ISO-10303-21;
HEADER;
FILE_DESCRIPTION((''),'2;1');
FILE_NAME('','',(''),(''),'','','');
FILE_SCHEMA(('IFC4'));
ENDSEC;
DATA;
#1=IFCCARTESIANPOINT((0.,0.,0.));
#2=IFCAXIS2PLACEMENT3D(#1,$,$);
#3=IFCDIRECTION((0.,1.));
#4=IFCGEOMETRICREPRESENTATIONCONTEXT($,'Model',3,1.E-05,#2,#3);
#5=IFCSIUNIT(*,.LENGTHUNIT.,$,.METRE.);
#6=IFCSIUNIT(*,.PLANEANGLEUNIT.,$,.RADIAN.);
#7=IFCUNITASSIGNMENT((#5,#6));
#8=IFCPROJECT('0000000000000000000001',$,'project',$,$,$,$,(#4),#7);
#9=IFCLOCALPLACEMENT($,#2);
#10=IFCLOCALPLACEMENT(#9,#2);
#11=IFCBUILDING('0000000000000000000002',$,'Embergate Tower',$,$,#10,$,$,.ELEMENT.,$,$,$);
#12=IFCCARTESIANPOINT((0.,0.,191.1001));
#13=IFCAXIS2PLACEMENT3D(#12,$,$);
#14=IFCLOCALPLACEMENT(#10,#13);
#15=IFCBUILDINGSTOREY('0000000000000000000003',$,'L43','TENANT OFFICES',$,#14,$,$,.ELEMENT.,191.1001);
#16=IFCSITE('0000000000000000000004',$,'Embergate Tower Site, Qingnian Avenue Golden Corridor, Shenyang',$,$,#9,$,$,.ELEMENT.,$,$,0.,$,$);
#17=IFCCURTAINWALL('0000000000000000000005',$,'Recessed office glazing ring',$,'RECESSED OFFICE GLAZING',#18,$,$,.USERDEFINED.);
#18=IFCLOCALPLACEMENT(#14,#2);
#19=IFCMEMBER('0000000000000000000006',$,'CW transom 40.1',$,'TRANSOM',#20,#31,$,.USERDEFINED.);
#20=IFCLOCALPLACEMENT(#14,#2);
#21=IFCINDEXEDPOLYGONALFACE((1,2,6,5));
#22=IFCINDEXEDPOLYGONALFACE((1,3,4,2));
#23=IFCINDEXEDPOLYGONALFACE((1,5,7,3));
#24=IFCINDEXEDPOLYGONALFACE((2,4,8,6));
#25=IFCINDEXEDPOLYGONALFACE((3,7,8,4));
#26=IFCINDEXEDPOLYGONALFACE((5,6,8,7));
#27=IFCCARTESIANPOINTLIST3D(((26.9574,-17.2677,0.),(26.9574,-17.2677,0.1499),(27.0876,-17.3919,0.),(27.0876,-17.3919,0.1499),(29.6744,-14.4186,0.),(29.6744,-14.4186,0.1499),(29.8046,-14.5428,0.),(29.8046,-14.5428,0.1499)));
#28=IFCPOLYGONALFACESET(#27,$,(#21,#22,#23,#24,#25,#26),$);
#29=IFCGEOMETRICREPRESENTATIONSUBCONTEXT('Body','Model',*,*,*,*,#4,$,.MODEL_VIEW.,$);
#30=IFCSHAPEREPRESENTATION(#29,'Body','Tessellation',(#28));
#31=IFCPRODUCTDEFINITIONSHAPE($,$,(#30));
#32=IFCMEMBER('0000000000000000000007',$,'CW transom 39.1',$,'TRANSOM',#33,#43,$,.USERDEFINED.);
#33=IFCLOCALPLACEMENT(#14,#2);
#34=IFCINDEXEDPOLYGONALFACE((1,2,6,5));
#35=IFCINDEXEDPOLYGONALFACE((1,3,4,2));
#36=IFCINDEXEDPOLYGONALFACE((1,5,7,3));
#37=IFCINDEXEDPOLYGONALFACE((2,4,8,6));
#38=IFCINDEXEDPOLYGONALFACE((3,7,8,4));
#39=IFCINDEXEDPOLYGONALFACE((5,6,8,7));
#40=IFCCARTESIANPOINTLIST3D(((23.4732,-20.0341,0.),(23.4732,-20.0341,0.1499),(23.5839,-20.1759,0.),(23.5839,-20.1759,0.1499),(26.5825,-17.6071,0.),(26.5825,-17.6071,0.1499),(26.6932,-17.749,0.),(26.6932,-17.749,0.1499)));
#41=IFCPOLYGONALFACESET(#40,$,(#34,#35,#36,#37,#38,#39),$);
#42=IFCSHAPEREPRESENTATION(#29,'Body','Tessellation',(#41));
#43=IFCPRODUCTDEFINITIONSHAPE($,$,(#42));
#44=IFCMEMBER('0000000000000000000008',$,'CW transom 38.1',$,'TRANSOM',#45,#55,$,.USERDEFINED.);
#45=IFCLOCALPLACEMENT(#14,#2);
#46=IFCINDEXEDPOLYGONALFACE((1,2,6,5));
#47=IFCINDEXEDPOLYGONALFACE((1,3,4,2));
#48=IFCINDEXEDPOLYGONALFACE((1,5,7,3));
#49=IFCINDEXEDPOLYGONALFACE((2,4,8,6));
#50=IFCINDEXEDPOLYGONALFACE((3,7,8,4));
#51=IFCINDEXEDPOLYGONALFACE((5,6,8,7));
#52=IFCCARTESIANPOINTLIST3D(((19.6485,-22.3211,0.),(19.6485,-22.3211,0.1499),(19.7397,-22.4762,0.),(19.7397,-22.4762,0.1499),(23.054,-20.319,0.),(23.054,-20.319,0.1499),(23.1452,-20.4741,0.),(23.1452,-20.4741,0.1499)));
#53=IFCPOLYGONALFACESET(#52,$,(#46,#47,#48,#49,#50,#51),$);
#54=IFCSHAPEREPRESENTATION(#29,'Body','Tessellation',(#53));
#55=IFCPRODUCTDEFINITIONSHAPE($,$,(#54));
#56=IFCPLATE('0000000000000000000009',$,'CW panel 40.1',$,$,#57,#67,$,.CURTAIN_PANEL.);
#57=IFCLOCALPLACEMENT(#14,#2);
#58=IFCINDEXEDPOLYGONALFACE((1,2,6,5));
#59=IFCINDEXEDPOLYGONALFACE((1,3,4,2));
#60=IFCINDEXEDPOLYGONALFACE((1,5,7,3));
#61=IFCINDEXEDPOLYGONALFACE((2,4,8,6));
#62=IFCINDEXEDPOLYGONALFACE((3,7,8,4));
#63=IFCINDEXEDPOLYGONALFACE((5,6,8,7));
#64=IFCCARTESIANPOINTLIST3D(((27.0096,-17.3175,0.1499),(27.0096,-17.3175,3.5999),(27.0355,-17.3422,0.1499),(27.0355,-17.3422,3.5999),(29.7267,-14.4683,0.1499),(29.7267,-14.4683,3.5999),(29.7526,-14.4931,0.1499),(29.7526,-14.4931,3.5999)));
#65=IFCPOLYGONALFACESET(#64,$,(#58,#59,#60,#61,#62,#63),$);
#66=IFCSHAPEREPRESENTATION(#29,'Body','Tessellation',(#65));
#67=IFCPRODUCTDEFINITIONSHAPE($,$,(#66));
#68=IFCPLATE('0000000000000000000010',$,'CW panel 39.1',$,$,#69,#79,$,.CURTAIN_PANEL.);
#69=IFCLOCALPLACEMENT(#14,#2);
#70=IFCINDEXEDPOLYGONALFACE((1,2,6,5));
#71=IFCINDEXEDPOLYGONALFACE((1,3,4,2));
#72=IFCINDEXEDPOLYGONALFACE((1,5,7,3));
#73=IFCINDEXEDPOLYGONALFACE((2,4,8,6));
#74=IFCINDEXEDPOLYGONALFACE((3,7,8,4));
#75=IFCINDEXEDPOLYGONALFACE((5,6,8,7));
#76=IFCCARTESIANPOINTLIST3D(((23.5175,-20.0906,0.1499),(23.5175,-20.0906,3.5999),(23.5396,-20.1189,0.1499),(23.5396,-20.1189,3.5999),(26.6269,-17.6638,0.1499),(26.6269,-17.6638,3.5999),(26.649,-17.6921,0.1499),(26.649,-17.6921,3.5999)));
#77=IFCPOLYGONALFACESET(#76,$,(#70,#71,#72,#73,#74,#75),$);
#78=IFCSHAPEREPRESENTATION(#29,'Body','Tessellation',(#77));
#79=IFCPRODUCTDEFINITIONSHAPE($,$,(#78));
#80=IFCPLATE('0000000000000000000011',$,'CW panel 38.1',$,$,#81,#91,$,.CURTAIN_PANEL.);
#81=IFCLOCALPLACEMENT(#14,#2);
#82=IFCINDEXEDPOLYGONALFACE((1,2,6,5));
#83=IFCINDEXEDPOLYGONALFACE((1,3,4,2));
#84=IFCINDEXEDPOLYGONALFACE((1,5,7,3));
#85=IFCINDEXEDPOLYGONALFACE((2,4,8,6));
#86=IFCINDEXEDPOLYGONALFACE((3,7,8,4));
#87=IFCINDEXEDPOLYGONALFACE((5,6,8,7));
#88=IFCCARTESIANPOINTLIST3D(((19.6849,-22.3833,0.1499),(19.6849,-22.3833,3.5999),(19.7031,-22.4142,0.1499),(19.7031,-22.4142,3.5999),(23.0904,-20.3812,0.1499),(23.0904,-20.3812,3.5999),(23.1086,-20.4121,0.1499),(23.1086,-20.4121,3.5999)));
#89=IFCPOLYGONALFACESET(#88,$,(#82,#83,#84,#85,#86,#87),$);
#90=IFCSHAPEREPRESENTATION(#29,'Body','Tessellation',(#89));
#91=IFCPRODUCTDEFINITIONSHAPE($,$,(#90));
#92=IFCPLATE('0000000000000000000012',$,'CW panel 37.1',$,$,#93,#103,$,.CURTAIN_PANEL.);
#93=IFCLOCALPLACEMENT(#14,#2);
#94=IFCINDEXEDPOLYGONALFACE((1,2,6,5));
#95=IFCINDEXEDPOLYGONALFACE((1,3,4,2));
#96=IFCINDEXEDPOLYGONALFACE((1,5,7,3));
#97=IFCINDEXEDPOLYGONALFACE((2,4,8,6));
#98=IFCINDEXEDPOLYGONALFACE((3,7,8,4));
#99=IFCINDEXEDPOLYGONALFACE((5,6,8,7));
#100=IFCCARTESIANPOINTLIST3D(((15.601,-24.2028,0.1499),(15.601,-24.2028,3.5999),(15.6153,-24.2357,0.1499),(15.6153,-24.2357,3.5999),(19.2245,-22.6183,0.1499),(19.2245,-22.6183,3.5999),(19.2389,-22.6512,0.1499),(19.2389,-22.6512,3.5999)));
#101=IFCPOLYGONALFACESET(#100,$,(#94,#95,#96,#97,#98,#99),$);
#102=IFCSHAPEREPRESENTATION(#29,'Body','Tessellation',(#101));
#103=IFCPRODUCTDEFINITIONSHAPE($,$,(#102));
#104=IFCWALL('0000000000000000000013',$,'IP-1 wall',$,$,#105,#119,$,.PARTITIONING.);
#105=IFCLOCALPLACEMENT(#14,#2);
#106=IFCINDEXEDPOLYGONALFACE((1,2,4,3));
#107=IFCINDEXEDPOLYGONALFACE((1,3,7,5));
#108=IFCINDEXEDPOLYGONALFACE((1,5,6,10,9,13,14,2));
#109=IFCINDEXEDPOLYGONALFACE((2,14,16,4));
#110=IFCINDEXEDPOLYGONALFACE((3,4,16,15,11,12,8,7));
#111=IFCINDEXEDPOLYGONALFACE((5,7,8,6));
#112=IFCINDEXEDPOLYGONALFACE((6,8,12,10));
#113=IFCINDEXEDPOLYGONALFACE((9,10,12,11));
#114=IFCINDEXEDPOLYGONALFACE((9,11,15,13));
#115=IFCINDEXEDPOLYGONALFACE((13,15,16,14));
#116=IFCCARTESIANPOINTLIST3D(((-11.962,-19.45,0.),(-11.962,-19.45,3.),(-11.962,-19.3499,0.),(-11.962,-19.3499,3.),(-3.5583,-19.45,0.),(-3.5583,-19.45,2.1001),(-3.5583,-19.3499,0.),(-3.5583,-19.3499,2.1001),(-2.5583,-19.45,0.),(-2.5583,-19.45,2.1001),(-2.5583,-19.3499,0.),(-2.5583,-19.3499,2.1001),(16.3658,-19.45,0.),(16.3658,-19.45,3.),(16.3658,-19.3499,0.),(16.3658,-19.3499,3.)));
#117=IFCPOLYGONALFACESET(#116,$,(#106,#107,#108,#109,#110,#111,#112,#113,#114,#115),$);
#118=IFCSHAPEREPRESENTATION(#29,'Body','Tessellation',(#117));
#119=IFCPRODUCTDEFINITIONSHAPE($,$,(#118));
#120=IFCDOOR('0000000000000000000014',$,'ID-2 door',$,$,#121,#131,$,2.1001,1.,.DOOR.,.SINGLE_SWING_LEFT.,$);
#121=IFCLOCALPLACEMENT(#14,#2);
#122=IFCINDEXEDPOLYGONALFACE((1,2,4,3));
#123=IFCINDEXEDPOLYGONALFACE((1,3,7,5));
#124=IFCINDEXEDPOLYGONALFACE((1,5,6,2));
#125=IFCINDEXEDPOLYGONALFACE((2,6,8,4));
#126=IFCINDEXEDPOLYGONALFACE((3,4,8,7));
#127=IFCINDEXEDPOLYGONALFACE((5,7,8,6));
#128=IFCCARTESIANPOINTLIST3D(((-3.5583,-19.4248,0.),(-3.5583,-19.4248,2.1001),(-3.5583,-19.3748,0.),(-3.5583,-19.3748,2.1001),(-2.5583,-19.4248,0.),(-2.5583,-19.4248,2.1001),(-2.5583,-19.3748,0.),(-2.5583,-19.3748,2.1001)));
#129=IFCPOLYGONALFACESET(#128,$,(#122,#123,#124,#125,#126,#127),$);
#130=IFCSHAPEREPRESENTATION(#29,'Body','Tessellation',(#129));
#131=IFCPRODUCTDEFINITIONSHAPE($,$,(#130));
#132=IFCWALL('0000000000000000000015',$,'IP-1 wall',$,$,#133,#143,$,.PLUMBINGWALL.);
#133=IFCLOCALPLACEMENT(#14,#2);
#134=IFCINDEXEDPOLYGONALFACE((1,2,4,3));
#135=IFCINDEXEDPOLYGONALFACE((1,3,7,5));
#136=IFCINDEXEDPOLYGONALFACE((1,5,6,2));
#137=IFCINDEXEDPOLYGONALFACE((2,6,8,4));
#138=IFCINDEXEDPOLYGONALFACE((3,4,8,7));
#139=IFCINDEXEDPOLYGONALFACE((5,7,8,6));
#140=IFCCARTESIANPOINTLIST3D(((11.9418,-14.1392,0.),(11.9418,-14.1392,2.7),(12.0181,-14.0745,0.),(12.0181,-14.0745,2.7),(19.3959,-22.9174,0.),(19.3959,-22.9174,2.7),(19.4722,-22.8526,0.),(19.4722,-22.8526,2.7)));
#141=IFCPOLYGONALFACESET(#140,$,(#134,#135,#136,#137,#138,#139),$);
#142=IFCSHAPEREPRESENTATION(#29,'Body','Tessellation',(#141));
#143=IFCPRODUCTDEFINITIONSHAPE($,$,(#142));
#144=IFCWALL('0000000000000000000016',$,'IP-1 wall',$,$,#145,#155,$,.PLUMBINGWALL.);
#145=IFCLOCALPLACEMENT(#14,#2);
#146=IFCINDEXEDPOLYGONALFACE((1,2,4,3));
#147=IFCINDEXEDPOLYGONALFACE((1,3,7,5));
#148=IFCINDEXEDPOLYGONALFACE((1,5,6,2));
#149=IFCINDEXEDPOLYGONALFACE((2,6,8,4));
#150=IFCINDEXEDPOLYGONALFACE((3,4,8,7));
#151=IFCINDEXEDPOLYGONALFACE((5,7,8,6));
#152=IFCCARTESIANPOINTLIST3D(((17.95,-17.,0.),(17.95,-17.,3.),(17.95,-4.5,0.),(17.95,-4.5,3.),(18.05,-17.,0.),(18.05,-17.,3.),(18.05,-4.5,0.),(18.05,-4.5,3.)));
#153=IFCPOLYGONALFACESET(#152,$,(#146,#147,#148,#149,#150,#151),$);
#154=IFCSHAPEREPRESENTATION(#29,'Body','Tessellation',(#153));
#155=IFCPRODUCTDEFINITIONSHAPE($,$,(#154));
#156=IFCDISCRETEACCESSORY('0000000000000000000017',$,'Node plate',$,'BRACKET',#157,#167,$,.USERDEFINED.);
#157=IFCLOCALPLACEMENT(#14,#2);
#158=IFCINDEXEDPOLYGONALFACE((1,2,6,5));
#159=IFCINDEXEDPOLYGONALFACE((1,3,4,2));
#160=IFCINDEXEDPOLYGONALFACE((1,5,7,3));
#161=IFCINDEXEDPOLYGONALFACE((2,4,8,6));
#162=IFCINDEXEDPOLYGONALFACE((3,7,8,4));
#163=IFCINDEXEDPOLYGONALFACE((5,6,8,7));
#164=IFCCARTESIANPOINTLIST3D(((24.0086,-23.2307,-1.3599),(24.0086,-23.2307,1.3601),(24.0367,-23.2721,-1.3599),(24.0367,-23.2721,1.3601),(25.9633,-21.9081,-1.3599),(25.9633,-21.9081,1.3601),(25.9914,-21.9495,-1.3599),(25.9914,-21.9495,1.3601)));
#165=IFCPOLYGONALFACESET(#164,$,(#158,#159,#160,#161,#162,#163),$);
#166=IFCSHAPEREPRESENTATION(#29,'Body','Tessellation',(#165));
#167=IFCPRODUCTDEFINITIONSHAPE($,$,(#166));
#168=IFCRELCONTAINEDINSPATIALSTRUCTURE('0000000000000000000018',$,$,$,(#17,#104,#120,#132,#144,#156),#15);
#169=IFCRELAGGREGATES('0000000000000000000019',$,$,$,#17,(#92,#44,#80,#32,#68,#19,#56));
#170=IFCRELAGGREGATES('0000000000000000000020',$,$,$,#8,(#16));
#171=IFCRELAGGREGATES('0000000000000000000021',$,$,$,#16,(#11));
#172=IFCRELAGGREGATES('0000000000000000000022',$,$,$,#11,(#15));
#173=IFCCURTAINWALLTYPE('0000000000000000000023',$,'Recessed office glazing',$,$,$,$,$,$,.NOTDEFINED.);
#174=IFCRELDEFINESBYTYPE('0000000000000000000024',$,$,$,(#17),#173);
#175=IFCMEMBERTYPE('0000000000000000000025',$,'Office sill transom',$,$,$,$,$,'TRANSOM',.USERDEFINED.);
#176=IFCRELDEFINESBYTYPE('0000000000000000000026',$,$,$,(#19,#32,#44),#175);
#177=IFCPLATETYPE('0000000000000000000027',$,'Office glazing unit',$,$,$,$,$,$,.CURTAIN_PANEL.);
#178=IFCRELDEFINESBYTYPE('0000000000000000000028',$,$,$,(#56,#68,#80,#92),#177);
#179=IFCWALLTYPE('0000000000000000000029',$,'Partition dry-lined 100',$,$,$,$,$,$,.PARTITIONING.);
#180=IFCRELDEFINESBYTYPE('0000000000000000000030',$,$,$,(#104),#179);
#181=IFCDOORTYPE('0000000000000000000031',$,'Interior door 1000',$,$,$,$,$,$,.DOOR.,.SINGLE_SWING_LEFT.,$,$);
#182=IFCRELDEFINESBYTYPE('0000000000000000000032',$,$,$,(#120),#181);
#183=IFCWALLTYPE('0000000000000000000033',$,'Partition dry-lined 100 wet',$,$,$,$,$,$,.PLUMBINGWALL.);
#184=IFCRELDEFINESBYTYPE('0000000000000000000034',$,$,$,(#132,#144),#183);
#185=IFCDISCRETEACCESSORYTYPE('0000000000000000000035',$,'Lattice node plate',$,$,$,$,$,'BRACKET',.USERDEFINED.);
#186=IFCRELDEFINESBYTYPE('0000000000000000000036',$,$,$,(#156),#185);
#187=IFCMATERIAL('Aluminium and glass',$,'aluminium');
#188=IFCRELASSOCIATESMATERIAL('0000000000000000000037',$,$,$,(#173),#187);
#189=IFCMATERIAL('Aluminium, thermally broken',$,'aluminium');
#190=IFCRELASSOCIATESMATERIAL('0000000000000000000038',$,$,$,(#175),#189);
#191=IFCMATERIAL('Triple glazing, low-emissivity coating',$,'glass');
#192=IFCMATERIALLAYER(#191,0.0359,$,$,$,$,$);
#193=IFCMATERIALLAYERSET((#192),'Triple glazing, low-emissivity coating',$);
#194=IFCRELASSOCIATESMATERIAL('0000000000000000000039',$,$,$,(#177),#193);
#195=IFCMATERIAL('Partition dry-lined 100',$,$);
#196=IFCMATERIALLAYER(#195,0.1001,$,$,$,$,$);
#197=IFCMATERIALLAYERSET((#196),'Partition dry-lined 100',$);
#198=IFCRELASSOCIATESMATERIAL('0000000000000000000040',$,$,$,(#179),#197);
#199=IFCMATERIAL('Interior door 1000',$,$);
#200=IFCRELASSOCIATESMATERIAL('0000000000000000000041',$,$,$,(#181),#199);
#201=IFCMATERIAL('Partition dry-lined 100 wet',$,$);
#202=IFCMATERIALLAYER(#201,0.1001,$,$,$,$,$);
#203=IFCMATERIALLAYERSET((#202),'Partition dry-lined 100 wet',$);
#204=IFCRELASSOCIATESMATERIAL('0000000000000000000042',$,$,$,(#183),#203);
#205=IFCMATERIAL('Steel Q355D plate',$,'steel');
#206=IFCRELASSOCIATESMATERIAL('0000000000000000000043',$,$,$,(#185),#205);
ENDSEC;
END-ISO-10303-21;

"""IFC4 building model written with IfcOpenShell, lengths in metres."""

from ifc_helpers import new_model, si_unit, direction, frame, frame_2d, origin, origin_2d, place, context, subcontext, project, spatial, rectangle, extrude, source, transform, mapped, material, layer, layer_set, material_profile, profile_set, type_object, element, fill, aggregate, save


model = new_model("IFC4")

# Units and contexts
model_context = context("Model", 3, precision=1e-05, world=origin(), true_north=direction((0.0, 1.0)))
body_context = subcontext(model_context, "Body", "Model", "MODEL_VIEW")
ifc_project = project(units=[si_unit("LENGTHUNIT", "METRE"), si_unit("PLANEANGLEUNIT", "RADIAN")], contexts=[model_context])

# Site, building, storey
site_placement = place(None, origin())
site = spatial("IfcSite", under=ifc_project, at=site_placement, Name="Embergate Tower Site, Qingnian Avenue Golden Corridor, Shenyang", CompositionType="ELEMENT", RefElevation=0.0)
building_placement = place(site_placement, origin())
building = spatial("IfcBuilding", under=site, at=building_placement, Name="Embergate Tower", CompositionType="ELEMENT")
storey_placement = place(building_placement, frame((0.0, 0.0, 191.1001)))
storey = spatial("IfcBuildingStorey", under=building, at=storey_placement, Name="L43", Description="TENANT OFFICES", CompositionType="ELEMENT", Elevation=191.1001)

# Curtain wall, members, plates
ifc_material_1 = material(Name="Aluminium and glass", Category="aluminium")
curtain_wall_type = type_object("IfcCurtainWallType", Name="Recessed office glazing", PredefinedType="NOTDEFINED", material=ifc_material_1)
curtain_wall_placement = place(storey_placement, origin())
curtain_wall = element("IfcCurtainWall", 1, at=curtain_wall_placement, inside=storey, type_object=curtain_wall_type, Name="Recessed office glazing ring", ObjectType="RECESSED OFFICE GLAZING", PredefinedType="USERDEFINED")
ifc_material_2 = material(Name="Aluminium, thermally broken", Category="aluminium")
ifc_material_profile_1 = material_profile(ifc_material_2, rectangle(XDim=0.1799, YDim=0.1499, at=origin_2d()), Name="AL 150x180")
ifc_profile_set_1 = profile_set([ifc_material_profile_1], Name="Aluminium, thermally broken")
member_type_1 = type_object("IfcMemberType", Name="Office sill transom", ElementType="TRANSOM", PredefinedType="USERDEFINED", material=ifc_profile_set_1)
shared_shape_1 = source(origin(), body_context, "Body", "SweptSolid", [
    extrude(rectangle(XDim=0.1799, YDim=0.1499, at=origin_2d()), origin(), (0.0, 0.0, 1.0), 3.937),
])
member_1_placement = place(storey_placement, frame((27.0225, -17.3298, 0.075), z_axis=(0.690133, 0.723682, 0.0), x_axis=(-0.723682, 0.690133, 0.0)))
member_1 = element("IfcMember", 2, at=member_1_placement, type_object=member_type_1, Name="CW transom 40.1", ObjectType="TRANSOM", PredefinedType="USERDEFINED", context=body_context, shape_type="MappedRepresentation", body=[
    mapped(shared_shape_1, transform((0.0, 0.0, 0.0))),
])
shared_shape_2 = source(origin(), body_context, "Body", "SweptSolid", [
    extrude(rectangle(XDim=0.1799, YDim=0.1499, at=origin_2d()), origin(), (0.0, 0.0, 1.0), 3.9443),
])
member_2_placement = place(storey_placement, frame((23.5286, -20.105, 0.075), z_axis=(0.788295, 0.615298, 0.0), x_axis=(-0.615298, 0.788295, 0.0)))
member_2 = element("IfcMember", 3, at=member_2_placement, type_object=member_type_1, Name="CW transom 39.1", ObjectType="TRANSOM", PredefinedType="USERDEFINED", context=body_context, shape_type="MappedRepresentation", body=[
    mapped(shared_shape_2, transform((0.0, 0.0, 0.0))),
])
shared_shape_3 = source(origin(), body_context, "Body", "SweptSolid", [
    extrude(rectangle(XDim=0.1799, YDim=0.1499, at=origin_2d()), origin(), (0.0, 0.0, 1.0), 3.9504),
])
member_3_placement = place(storey_placement, frame((19.6941, -22.3987, 0.075), z_axis=(0.86205, 0.506823, 0.0), x_axis=(-0.506823, 0.86205, 0.0)))
member_3 = element("IfcMember", 4, at=member_3_placement, type_object=member_type_1, Name="CW transom 38.1", ObjectType="TRANSOM", PredefinedType="USERDEFINED", context=body_context, shape_type="MappedRepresentation", body=[
    mapped(shared_shape_3, transform((0.0, 0.0, 0.0))),
])
ifc_material_3 = material(Name="Triple glazing, low-emissivity coating", Category="glass")
ifc_layer_1 = layer(ifc_material_3, 0.0359)
ifc_layer_set_1 = layer_set([ifc_layer_1], Name="Triple glazing, low-emissivity coating")
plate_type = type_object("IfcPlateType", Name="Office glazing unit", PredefinedType="CURTAIN_PANEL", material=ifc_layer_set_1)
shared_shape_4 = source(origin(), body_context, "Body", "SweptSolid", [
    extrude(rectangle(XDim=3.937, YDim=0.0359, at=origin_2d()), origin(), (0.0, 0.0, 1.0), 3.45),
])
plate_1_placement = place(storey_placement, frame((28.3811, -15.9053, 0.1499), z_axis=(0.0, 0.0, 1.0), x_axis=(0.690138, 0.723678, 0.0)))
plate_1 = element("IfcPlate", 5, at=plate_1_placement, type_object=plate_type, Name="CW panel 40.1", PredefinedType="CURTAIN_PANEL", context=body_context, shape_type="MappedRepresentation", body=[
    mapped(shared_shape_4, transform((0.0, 0.0, 0.0))),
])
shared_shape_5 = source(origin(), body_context, "Body", "SweptSolid", [
    extrude(rectangle(XDim=3.9443, YDim=0.0359, at=origin_2d()), origin(), (0.0, 0.0, 1.0), 3.45),
])
plate_2_placement = place(storey_placement, frame((25.0833, -18.8914, 0.1499), z_axis=(0.0, 0.0, 1.0), x_axis=(0.788322, 0.615263, 0.0)))
plate_2 = element("IfcPlate", 6, at=plate_2_placement, type_object=plate_type, Name="CW panel 39.1", PredefinedType="CURTAIN_PANEL", context=body_context, shape_type="MappedRepresentation", body=[
    mapped(shared_shape_5, transform((0.0, 0.0, 0.0))),
])
shared_shape_6 = source(origin(), body_context, "Body", "SweptSolid", [
    extrude(rectangle(XDim=3.9504, YDim=0.0359, at=origin_2d()), origin(), (0.0, 0.0, 1.0), 3.45),
])
plate_3_placement = place(storey_placement, frame((21.3967, -21.3977, 0.1499), z_axis=(0.0, 0.0, 1.0), x_axis=(0.862054, 0.506816, 0.0)))
plate_3 = element("IfcPlate", 7, at=plate_3_placement, type_object=plate_type, Name="CW panel 38.1", PredefinedType="CURTAIN_PANEL", context=body_context, shape_type="MappedRepresentation", body=[
    mapped(shared_shape_6, transform((0.0, 0.0, 0.0))),
])
shared_shape_7 = source(origin(), body_context, "Body", "SweptSolid", [
    extrude(rectangle(XDim=3.9548, YDim=0.0359, at=origin_2d()), origin(), (0.0, 0.0, 1.0), 3.45),
])
plate_4_placement = place(storey_placement, frame((17.4199, -23.427, 0.1499), z_axis=(0.0, 0.0, 1.0), x_axis=(0.916237, 0.400637, 0.0)))
plate_4 = element("IfcPlate", 8, at=plate_4_placement, type_object=plate_type, Name="CW panel 37.1", PredefinedType="CURTAIN_PANEL", context=body_context, shape_type="MappedRepresentation", body=[
    mapped(shared_shape_7, transform((0.0, 0.0, 0.0))),
])
aggregate(curtain_wall, [plate_4, member_3, plate_3, member_2, plate_2, member_1, plate_1])

# Wall, opening, door
ifc_material_4 = material(Name="Partition dry-lined 100")
ifc_layer_2 = layer(ifc_material_4, 0.1001)
ifc_layer_set_2 = layer_set([ifc_layer_2], Name="Partition dry-lined 100")
wall_type_1 = type_object("IfcWallType", Name="Partition dry-lined 100", PredefinedType="PARTITIONING", material=ifc_layer_set_2)
shared_shape_8 = source(origin(), body_context, "Body", "SweptSolid", [
    extrude(rectangle(XDim=28.3279, YDim=0.1001, at=frame_2d((14.1641, 0.0))), origin(), (0.0, 0.0, 1.0), 3.0),
])
wall_1_placement = place(storey_placement, frame((16.366, -19.3999, 0.0), z_axis=(0.0, 0.0, 1.0), x_axis=(-1.0, 0.0, 0.0)))
wall_1 = element("IfcWall", 9, at=wall_1_placement, inside=storey, type_object=wall_type_1, Name="IP-1 wall", PredefinedType="PARTITIONING", context=body_context, shape_type="MappedRepresentation", body=[
    mapped(shared_shape_8, transform((0.0, 0.0, 0.0))),
])
shared_shape_9 = source(origin(), body_context, "Body", "SweptSolid", [
    extrude(rectangle(XDim=1.0, YDim=2.1001, at=frame_2d((0.5, 1.05))), frame((0.0, 0.0601, 0.0), z_axis=(0.0, -1.0, 0.0), x_axis=(1.0, 0.0, 0.0)), (0.0, 0.0, 1.0), 0.1201),
])
opening_placement = place(wall_1_placement, frame((18.9243, 0.0, 0.0)))
opening = element("IfcOpeningElement", 10, at=opening_placement, cuts=wall_1, PredefinedType="OPENING", context=body_context, shape_type="MappedRepresentation", body=[
    mapped(shared_shape_9, transform((0.0, 0.0, 0.0))),
])
ifc_material_5 = material(Name="Interior door 1000")
door_type = type_object("IfcDoorType", Name="Interior door 1000", OperationType="SINGLE_SWING_LEFT", PredefinedType="DOOR", material=ifc_material_5)
shared_shape_10 = source(origin(), body_context, "Body", "SweptSolid", [
    extrude(rectangle(XDim=1.0, YDim=2.1001, at=frame_2d((0.5, 1.05))), frame((0.0, 0.0249, 0.0), z_axis=(0.0, -1.0, 0.0), x_axis=(1.0, 0.0, 0.0)), (0.0, 0.0, 1.0), 0.05),
])
door_placement = place(opening_placement, origin())
door = element("IfcDoor", 11, at=door_placement, inside=storey, type_object=door_type, Name="ID-2 door", OperationType="SINGLE_SWING_LEFT", OverallHeight=2.1001, OverallWidth=1.0, PredefinedType="DOOR", context=body_context, shape_type="MappedRepresentation", body=[
    mapped(shared_shape_10, transform((0.0, 0.0, 0.0))),
])
fill(opening, door)

# Walls
ifc_material_6 = material(Name="Partition dry-lined 100 wet")
ifc_layer_3 = layer(ifc_material_6, 0.1001)
ifc_layer_set_3 = layer_set([ifc_layer_3], Name="Partition dry-lined 100 wet")
wall_type_2 = type_object("IfcWallType", Name="Partition dry-lined 100 wet", PredefinedType="PLUMBINGWALL", material=ifc_layer_set_3)
shared_shape_11 = source(origin(), body_context, "Body", "SweptSolid", [
    extrude(rectangle(XDim=11.5161, YDim=0.1001, at=frame_2d((5.7581, 0.0))), origin(), (0.0, 0.0, 1.0), 2.7),
])
wall_2_placement = place(storey_placement, frame((19.4341, -22.885, 0.0), z_axis=(0.0, 0.0, 1.0), x_axis=(-0.647282, 0.76225, 0.0)))
element("IfcWall", 12, at=wall_2_placement, inside=storey, type_object=wall_type_2, Name="IP-1 wall", PredefinedType="PLUMBINGWALL", context=body_context, shape_type="MappedRepresentation", body=[
    mapped(shared_shape_11, transform((0.0, 0.0, 0.0))),
])
shared_shape_12 = source(origin(), body_context, "Body", "SweptSolid", [
    extrude(rectangle(XDim=12.5, YDim=0.1001, at=frame_2d((6.25, 0.0))), origin(), (0.0, 0.0, 1.0), 3.0),
])
wall_3_placement = place(storey_placement, frame((18.0, -17.0, 0.0), z_axis=(0.0, 0.0, 1.0), x_axis=(0.0, 1.0, 0.0)))
element("IfcWall", 13, at=wall_3_placement, inside=storey, type_object=wall_type_2, Name="IP-1 wall", PredefinedType="PLUMBINGWALL", context=body_context, shape_type="MappedRepresentation", body=[
    mapped(shared_shape_12, transform((0.0, 0.0, 0.0))),
])

# Discrete accessory
ifc_material_7 = material(Name="Steel Q355D plate", Category="steel")
discrete_accessory_type = type_object("IfcDiscreteAccessoryType", Name="Lattice node plate", ElementType="BRACKET", PredefinedType="USERDEFINED", material=ifc_material_7)
shared_shape_13 = source(origin(), body_context, "Body", "SweptSolid", [
    extrude(rectangle(XDim=2.3601, YDim=0.05, at=origin_2d()), origin(), (0.0, 0.0, 1.0), 2.72),
])
discrete_accessory_placement = place(storey_placement, frame((25.0, -22.5901, -1.3599), z_axis=(0.0, 0.0, 1.0), x_axis=(0.828227, 0.560393, 0.0)))
element("IfcDiscreteAccessory", 14, at=discrete_accessory_placement, inside=storey, type_object=discrete_accessory_type, Name="Node plate", ObjectType="BRACKET", PredefinedType="USERDEFINED", context=body_context, shape_type="MappedRepresentation", body=[
    mapped(shared_shape_13, transform((0.0, 0.0, 0.0))),
])

save(model, "model.ifc")
